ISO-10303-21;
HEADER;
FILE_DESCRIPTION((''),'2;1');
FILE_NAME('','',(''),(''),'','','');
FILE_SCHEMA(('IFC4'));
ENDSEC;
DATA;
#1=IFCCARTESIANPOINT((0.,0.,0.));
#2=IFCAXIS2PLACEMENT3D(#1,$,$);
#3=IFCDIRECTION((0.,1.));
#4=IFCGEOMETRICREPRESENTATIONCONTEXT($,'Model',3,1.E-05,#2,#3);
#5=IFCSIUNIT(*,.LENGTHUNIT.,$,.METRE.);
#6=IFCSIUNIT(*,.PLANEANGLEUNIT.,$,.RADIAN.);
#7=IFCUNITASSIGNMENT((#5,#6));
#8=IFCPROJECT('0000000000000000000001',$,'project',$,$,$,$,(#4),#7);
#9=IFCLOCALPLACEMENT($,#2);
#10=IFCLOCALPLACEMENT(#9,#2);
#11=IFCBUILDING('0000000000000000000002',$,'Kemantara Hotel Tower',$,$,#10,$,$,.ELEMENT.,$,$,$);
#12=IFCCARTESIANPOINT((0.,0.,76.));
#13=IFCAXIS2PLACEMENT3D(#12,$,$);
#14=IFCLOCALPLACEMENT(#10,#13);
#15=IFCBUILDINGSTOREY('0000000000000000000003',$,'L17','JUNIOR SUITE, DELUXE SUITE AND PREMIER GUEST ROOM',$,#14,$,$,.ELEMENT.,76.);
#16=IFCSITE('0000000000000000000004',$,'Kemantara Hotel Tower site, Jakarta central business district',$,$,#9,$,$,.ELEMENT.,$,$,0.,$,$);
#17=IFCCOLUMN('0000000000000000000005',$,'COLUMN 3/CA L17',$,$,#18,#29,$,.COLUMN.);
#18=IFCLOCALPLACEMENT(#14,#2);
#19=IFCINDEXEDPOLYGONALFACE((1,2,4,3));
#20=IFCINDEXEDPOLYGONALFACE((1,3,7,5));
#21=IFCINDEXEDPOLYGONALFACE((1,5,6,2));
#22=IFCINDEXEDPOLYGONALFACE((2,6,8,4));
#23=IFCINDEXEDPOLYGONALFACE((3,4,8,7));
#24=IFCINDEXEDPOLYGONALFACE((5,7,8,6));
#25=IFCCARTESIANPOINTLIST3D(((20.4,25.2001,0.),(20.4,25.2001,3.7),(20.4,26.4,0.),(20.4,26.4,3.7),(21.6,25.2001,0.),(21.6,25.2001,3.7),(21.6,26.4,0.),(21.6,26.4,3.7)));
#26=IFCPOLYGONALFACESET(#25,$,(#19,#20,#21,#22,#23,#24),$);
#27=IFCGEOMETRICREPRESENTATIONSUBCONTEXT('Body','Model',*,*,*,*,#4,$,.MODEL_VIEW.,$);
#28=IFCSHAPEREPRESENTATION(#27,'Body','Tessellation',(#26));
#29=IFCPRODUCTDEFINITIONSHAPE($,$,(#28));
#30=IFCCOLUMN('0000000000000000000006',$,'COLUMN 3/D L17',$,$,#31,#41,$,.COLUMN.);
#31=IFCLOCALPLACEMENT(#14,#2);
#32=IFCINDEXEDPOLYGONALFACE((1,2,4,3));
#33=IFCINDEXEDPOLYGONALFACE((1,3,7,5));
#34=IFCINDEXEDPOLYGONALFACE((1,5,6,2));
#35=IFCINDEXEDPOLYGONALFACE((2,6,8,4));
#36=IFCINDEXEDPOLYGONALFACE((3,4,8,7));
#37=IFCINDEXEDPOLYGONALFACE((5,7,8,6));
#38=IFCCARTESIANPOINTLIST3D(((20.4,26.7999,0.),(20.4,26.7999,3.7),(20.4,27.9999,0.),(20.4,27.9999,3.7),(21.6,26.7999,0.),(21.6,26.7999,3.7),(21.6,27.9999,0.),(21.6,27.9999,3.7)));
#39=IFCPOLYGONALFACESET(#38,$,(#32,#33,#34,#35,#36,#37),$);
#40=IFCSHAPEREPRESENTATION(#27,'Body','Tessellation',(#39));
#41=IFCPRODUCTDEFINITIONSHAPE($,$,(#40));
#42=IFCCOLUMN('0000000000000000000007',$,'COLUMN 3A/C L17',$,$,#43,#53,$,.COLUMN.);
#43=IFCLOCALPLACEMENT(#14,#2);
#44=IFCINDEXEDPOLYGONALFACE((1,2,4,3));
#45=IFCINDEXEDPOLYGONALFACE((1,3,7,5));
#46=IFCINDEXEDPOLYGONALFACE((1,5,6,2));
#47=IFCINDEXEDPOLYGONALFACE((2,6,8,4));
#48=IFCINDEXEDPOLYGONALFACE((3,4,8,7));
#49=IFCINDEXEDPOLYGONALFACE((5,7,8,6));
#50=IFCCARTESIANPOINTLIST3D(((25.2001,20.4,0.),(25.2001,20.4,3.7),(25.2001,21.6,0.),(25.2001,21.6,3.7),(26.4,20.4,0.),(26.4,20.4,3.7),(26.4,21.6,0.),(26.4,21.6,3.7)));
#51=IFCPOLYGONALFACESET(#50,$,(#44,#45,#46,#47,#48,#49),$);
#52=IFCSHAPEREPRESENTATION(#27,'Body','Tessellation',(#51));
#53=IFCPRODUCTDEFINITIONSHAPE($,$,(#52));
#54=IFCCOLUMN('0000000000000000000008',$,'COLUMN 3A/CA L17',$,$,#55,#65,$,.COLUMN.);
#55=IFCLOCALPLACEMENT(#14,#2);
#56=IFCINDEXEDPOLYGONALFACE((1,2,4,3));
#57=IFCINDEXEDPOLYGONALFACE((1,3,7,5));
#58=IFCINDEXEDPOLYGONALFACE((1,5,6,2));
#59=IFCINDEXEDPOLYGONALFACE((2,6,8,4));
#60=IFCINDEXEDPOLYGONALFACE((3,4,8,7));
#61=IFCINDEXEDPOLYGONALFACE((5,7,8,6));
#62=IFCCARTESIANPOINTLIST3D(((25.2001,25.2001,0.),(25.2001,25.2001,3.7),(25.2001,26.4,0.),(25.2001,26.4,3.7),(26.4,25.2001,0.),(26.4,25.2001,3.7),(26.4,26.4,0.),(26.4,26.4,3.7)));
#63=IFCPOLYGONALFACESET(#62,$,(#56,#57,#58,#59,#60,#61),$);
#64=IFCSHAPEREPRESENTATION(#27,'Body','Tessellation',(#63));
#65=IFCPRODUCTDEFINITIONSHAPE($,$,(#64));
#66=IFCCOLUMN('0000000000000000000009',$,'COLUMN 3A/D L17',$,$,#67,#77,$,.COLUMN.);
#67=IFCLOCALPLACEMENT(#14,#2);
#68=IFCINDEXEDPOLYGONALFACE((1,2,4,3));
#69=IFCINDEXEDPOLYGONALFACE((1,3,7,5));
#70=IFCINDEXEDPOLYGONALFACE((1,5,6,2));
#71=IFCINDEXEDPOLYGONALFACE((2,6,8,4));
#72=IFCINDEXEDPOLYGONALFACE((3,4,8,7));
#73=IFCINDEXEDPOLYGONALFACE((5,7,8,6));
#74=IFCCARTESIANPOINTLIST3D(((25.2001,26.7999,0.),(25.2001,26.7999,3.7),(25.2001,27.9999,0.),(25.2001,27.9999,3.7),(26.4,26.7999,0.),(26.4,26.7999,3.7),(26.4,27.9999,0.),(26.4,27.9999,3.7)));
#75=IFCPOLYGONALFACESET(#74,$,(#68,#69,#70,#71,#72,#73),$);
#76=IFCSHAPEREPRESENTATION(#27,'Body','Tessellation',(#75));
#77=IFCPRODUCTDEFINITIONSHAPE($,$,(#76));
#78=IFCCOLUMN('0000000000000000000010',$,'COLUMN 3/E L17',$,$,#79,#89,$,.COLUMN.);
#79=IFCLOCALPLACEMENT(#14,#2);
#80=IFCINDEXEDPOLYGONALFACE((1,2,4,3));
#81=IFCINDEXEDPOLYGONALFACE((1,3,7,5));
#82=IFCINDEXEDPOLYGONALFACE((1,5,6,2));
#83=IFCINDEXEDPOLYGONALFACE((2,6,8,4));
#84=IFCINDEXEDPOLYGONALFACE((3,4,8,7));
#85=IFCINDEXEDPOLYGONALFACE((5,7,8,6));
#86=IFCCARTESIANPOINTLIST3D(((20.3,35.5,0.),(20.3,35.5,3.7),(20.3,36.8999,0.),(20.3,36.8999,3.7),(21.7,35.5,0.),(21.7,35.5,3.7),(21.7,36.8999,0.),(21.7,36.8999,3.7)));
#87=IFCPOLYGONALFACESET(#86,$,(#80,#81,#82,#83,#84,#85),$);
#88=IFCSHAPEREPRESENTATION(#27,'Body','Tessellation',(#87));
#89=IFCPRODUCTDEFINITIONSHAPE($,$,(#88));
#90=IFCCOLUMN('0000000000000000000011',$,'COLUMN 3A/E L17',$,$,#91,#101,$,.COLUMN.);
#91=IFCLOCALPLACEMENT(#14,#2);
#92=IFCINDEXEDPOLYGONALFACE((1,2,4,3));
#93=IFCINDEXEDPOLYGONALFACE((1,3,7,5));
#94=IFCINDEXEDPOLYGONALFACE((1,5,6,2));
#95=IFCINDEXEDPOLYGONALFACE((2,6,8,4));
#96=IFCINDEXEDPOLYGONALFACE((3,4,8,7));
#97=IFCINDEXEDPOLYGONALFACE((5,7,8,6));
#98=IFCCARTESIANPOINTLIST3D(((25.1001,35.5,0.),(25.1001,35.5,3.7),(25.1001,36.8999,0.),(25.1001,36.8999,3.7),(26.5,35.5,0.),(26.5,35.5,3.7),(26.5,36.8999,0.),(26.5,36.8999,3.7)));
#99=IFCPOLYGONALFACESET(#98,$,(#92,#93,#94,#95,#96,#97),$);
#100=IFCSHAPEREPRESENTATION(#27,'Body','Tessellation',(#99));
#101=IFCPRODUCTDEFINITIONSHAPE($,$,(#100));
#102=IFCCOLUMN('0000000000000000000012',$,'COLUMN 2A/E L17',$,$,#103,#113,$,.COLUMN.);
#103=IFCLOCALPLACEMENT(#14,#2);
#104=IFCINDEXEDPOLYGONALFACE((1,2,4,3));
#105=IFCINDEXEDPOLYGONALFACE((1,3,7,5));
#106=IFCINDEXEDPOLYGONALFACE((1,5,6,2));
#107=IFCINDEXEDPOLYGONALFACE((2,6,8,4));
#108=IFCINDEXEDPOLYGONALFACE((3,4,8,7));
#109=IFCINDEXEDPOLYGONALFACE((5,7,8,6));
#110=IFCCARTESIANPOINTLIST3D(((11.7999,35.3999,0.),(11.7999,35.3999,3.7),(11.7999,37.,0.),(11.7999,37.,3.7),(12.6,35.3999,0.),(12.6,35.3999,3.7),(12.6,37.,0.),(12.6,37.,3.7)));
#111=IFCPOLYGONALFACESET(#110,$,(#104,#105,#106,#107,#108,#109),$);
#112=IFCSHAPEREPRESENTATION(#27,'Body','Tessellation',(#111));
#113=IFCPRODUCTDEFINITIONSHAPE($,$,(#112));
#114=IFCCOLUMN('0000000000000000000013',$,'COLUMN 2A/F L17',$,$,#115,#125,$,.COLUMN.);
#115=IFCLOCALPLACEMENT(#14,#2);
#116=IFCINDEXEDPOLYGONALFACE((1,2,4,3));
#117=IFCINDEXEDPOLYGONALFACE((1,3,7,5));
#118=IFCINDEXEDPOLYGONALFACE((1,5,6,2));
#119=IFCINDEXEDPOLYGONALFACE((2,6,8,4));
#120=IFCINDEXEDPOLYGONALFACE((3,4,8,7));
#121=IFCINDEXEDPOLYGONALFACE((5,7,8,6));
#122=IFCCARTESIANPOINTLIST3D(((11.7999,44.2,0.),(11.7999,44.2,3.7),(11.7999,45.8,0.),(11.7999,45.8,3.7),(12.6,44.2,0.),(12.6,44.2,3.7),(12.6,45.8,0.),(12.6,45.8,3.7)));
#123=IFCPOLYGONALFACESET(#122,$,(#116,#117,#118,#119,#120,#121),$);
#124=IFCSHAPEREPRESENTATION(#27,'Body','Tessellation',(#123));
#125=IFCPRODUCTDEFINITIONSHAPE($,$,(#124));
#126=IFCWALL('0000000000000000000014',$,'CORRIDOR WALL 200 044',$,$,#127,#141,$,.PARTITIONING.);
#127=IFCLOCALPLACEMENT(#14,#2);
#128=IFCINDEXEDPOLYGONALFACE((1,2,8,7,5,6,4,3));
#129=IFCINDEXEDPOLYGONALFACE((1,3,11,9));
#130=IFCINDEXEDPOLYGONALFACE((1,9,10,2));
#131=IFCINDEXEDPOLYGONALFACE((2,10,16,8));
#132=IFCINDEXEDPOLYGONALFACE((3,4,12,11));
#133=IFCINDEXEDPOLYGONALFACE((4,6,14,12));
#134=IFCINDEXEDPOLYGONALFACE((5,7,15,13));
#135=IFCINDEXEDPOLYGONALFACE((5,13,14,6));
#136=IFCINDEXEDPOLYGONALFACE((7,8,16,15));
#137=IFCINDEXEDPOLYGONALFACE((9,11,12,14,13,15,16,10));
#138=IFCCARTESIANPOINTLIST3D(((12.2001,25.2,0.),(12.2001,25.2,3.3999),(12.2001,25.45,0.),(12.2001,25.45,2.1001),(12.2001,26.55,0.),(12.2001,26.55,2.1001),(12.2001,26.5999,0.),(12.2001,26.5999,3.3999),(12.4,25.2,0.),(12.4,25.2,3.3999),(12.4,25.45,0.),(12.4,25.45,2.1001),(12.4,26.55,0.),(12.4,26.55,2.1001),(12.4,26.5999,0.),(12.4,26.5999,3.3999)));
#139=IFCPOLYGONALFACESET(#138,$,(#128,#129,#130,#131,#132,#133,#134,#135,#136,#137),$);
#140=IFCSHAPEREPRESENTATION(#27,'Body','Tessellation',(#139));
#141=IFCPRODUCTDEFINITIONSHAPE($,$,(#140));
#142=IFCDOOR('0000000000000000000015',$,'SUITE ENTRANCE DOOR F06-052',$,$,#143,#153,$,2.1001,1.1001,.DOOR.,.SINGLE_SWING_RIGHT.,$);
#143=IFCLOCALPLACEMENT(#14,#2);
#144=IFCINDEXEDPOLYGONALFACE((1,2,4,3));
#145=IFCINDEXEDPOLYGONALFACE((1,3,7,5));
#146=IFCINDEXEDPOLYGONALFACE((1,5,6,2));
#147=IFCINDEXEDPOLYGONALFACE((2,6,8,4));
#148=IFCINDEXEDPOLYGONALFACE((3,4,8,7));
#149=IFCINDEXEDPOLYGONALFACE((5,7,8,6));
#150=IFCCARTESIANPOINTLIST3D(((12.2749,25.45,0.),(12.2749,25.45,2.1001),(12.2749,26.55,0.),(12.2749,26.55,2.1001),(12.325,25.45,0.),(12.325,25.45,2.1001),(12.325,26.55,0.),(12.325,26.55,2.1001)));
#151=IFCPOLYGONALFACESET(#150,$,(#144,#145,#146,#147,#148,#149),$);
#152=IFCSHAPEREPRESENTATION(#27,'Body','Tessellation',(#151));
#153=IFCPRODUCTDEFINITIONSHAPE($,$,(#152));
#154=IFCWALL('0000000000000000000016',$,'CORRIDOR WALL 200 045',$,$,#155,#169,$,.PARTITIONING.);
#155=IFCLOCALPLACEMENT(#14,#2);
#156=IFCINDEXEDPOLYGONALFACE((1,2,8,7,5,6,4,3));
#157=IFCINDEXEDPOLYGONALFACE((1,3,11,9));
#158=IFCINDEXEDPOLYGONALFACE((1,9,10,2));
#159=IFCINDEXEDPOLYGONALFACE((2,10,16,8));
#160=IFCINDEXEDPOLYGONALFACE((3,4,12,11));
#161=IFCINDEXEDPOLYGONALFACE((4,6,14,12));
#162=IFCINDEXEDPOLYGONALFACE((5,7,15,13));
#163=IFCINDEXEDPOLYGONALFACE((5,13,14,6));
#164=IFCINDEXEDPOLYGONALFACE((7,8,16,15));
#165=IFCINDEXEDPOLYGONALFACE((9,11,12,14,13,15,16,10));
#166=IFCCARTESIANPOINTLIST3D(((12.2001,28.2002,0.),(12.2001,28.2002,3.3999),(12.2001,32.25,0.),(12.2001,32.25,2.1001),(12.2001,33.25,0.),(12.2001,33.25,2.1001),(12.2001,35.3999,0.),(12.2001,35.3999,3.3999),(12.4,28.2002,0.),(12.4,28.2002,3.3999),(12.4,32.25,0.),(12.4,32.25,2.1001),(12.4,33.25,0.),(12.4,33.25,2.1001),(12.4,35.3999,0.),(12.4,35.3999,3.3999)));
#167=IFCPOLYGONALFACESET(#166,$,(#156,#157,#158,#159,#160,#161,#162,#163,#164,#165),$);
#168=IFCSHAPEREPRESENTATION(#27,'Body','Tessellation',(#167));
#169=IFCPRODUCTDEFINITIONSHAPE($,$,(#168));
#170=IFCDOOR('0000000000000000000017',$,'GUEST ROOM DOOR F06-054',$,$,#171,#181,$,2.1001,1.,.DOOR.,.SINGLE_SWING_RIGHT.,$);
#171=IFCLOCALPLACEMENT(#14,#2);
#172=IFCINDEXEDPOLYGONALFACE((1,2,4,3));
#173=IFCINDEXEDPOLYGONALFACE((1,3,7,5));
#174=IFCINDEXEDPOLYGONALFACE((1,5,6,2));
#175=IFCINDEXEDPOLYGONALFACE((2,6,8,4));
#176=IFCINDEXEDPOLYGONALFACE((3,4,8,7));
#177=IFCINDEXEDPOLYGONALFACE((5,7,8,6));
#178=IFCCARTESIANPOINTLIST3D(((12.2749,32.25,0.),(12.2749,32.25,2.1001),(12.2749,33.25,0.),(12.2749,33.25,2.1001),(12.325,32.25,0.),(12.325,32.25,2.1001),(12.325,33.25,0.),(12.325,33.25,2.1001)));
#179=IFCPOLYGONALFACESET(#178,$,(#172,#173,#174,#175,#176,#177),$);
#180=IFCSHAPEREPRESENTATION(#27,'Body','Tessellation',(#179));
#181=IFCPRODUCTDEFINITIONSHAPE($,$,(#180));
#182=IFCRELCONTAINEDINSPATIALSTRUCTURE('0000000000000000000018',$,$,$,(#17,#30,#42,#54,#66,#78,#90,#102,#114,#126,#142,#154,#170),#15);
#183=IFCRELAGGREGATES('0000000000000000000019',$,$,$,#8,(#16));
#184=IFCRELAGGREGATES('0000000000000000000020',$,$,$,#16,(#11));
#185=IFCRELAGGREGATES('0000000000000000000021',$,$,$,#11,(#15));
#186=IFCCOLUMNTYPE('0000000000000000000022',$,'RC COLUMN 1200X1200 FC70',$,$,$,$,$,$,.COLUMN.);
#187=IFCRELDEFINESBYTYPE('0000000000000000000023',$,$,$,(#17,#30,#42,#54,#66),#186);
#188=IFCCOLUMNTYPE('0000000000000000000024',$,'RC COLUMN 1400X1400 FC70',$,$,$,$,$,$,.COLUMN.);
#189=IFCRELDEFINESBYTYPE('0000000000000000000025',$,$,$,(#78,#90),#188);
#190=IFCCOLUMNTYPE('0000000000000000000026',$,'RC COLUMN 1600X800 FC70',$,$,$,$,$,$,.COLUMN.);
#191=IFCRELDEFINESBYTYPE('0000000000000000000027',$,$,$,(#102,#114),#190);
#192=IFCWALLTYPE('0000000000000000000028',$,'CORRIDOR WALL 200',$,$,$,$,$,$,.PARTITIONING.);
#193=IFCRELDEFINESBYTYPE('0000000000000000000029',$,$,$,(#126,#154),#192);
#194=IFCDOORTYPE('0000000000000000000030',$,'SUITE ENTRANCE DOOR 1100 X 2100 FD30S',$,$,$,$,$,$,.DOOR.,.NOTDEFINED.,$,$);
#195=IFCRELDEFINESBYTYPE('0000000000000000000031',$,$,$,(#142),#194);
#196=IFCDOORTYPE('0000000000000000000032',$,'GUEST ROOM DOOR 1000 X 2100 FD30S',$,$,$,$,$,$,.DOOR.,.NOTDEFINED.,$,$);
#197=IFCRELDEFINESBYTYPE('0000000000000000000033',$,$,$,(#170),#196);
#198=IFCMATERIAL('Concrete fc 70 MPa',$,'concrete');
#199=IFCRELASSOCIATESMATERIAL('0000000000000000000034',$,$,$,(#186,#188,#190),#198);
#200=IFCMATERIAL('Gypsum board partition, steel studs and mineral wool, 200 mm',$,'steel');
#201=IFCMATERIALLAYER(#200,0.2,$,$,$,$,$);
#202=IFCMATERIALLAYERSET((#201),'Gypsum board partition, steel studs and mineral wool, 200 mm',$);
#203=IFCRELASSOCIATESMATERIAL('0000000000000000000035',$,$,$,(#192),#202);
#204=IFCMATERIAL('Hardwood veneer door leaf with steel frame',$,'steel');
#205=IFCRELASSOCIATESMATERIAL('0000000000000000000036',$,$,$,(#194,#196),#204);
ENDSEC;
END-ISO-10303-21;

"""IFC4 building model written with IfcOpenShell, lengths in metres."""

from ifc_helpers import new_model, si_unit, direction, frame, frame_2d, origin, origin_2d, place, context, subcontext, project, spatial, rectangle, extrude, material, layer, layer_set, material_profile, profile_set, type_object, element, fill, save


model = new_model("IFC4")

# Units and contexts
model_context = context("Model", 3, precision=1e-05, world=origin(), true_north=direction((0.0, 1.0)))
body_context = subcontext(model_context, "Body", "Model", "MODEL_VIEW")
ifc_project = project(units=[si_unit("LENGTHUNIT", "METRE"), si_unit("PLANEANGLEUNIT", "RADIAN")], contexts=[model_context])

# Site, building, storey
site_placement = place(None, origin())
site = spatial("IfcSite", under=ifc_project, at=site_placement, Name="Kemantara Hotel Tower site, Jakarta central business district", CompositionType="ELEMENT", RefElevation=0.0)
building_placement = place(site_placement, origin())
building = spatial("IfcBuilding", under=site, at=building_placement, Name="Kemantara Hotel Tower", CompositionType="ELEMENT")
storey_placement = place(building_placement, frame((0.0, 0.0, 76.0)))
storey = spatial("IfcBuildingStorey", under=building, at=storey_placement, Name="L17", Description="JUNIOR SUITE, DELUXE SUITE AND PREMIER GUEST ROOM", CompositionType="ELEMENT", Elevation=76.0)

# Columns
ifc_material_1 = material(Name="Concrete fc 70 MPa", Category="concrete")
ifc_material_profile_1 = material_profile(ifc_material_1, rectangle(XDim=1.2, YDim=1.2, at=origin_2d()), Name="RC 1200X1200")
ifc_profile_set_1 = profile_set([ifc_material_profile_1], Name="Concrete fc 70 MPa")
column_type_1 = type_object("IfcColumnType", Name="RC COLUMN 1200X1200 FC70", PredefinedType="COLUMN", material=ifc_profile_set_1)
for number, where, z_axis, x_axis, name in (
    (1, (21.0, 25.8, 0.0), (0.0, 0.0, 1.0), (1.0, 0.0, 0.0), "COLUMN 3/CA L17"),
    (2, (21.0, 27.3999, 0.0), (0.0, 0.0, 1.0), (1.0, 0.0, 0.0), "COLUMN 3/D L17"),
    (3, (25.8, 21.0, 0.0), (0.0, 0.0, 1.0), (1.0, 0.0, 0.0), "COLUMN 3A/C L17"),
    (4, (25.8, 25.8, 0.0), (0.0, 0.0, 1.0), (1.0, 0.0, 0.0), "COLUMN 3A/CA L17"),
    (5, (25.8, 27.3999, 0.0), (0.0, 0.0, 1.0), (1.0, 0.0, 0.0), "COLUMN 3A/D L17"),
):
    element("IfcColumn", number, at=place(storey_placement, frame(where, z_axis=z_axis, x_axis=x_axis)), inside=storey, type_object=column_type_1, Name=name, PredefinedType="COLUMN", context=body_context, shape_type="SweptSolid", body=[
        extrude(rectangle(XDim=1.2, YDim=1.2, at=origin_2d()), origin(), (0.0, 0.0, 1.0), 3.7),
    ])
ifc_material_profile_2 = material_profile(ifc_material_1, rectangle(XDim=1.3999, YDim=1.3999, at=origin_2d()), Name="RC 1400X1400")
ifc_profile_set_2 = profile_set([ifc_material_profile_2], Name="Concrete fc 70 MPa")
column_type_2 = type_object("IfcColumnType", Name="RC COLUMN 1400X1400 FC70", PredefinedType="COLUMN", material=ifc_profile_set_2)
for number, where, z_axis, x_axis, name in (
    (6, (21.0, 36.2, 0.0), (0.0, 0.0, 1.0), (1.0, 0.0, 0.0), "COLUMN 3/E L17"),
    (7, (25.8, 36.2, 0.0), (0.0, 0.0, 1.0), (1.0, 0.0, 0.0), "COLUMN 3A/E L17"),
):
    element("IfcColumn", number, at=place(storey_placement, frame(where, z_axis=z_axis, x_axis=x_axis)), inside=storey, type_object=column_type_2, Name=name, PredefinedType="COLUMN", context=body_context, shape_type="SweptSolid", body=[
        extrude(rectangle(XDim=1.3999, YDim=1.3999, at=origin_2d()), origin(), (0.0, 0.0, 1.0), 3.7),
    ])
ifc_material_profile_3 = material_profile(ifc_material_1, rectangle(XDim=1.6001, YDim=0.8, at=origin_2d()), Name="RC 1600X800")
ifc_profile_set_3 = profile_set([ifc_material_profile_3], Name="Concrete fc 70 MPa")
column_type_3 = type_object("IfcColumnType", Name="RC COLUMN 1600X800 FC70", PredefinedType="COLUMN", material=ifc_profile_set_3)
for number, where, z_axis, x_axis, name in (
    (8, (12.2, 36.2, 0.0), (0.0, 0.0, 1.0), (0.0, 1.0, 0.0), "COLUMN 2A/E L17"),
    (9, (12.2, 45.0, 0.0), (0.0, 0.0, 1.0), (0.0, 1.0, 0.0), "COLUMN 2A/F L17"),
):
    element("IfcColumn", number, at=place(storey_placement, frame(where, z_axis=z_axis, x_axis=x_axis)), inside=storey, type_object=column_type_3, Name=name, PredefinedType="COLUMN", context=body_context, shape_type="SweptSolid", body=[
        extrude(rectangle(XDim=1.6001, YDim=0.8, at=origin_2d()), origin(), (0.0, 0.0, 1.0), 3.7),
    ])

# Walls, openings, doors
ifc_material_2 = material(Name="Gypsum board partition, steel studs and mineral wool, 200 mm", Category="steel")
ifc_layer_1 = layer(ifc_material_2, 0.2)
ifc_layer_set_1 = layer_set([ifc_layer_1], Name="Gypsum board partition, steel studs and mineral wool, 200 mm")
wall_type_1 = type_object("IfcWallType", Name="CORRIDOR WALL 200", PredefinedType="PARTITIONING", material=ifc_layer_set_1)
wall_1_placement = place(storey_placement, frame((12.3, 26.5999, 0.0), z_axis=(0.0, 0.0, 1.0), x_axis=(0.0, -1.0, 0.0)))
wall_1 = element("IfcWall", 10, at=wall_1_placement, inside=storey, type_object=wall_type_1, Name="CORRIDOR WALL 200 044", PredefinedType="PARTITIONING", context=body_context, shape_type="SweptSolid", body=[
    extrude(rectangle(XDim=1.3999, YDim=0.2, at=frame_2d((0.7, 0.0))), origin(), (0.0, 0.0, 1.0), 3.3999),
])
opening_1_placement = place(wall_1_placement, frame((0.0498, 0.0, 0.0)))
opening_1 = element("IfcOpeningElement", 11, at=opening_1_placement, cuts=wall_1, PredefinedType="OPENING", context=body_context, shape_type="SweptSolid", body=[
    extrude(rectangle(XDim=1.1001, YDim=2.1001, at=frame_2d((0.55, 1.05))), frame((0.0, 0.1099, 0.0), z_axis=(0.0, -1.0, 0.0), x_axis=(1.0, 0.0, 0.0)), (0.0, 0.0, 1.0), 0.22),
])
ifc_material_3 = material(Name="Hardwood veneer door leaf with steel frame", Category="steel")
door_type_1 = type_object("IfcDoorType", Name="SUITE ENTRANCE DOOR 1100 X 2100 FD30S", OperationType="NOTDEFINED", PredefinedType="DOOR", material=ifc_material_3)
door_1_placement = place(opening_1_placement, origin())
door_1 = element("IfcDoor", 12, at=door_1_placement, inside=storey, type_object=door_type_1, Name="SUITE ENTRANCE DOOR F06-052", OperationType="SINGLE_SWING_RIGHT", OverallHeight=2.1001, OverallWidth=1.1001, PredefinedType="DOOR", context=body_context, shape_type="SweptSolid", body=[
    extrude(rectangle(XDim=1.1001, YDim=2.1001, at=frame_2d((0.55, 1.05))), frame((0.0, 0.0249, 0.0), z_axis=(0.0, -1.0, 0.0), x_axis=(1.0, 0.0, 0.0)), (0.0, 0.0, 1.0), 0.05),
])
fill(opening_1, door_1)
wall_2_placement = place(storey_placement, frame((12.3, 35.3999, 0.0), z_axis=(0.0, 0.0, 1.0), x_axis=(0.0, -1.0, 0.0)))
wall_2 = element("IfcWall", 13, at=wall_2_placement, inside=storey, type_object=wall_type_1, Name="CORRIDOR WALL 200 045", PredefinedType="PARTITIONING", context=body_context, shape_type="SweptSolid", body=[
    extrude(rectangle(XDim=7.1997, YDim=0.2, at=frame_2d((3.5999, 0.0))), origin(), (0.0, 0.0, 1.0), 3.3999),
])
opening_2_placement = place(wall_2_placement, frame((2.1499, 0.0, 0.0)))
opening_2 = element("IfcOpeningElement", 14, at=opening_2_placement, cuts=wall_2, PredefinedType="OPENING", context=body_context, shape_type="SweptSolid", body=[
    extrude(rectangle(XDim=1.0, YDim=2.1001, at=frame_2d((0.5, 1.05))), frame((0.0, 0.1099, 0.0), z_axis=(0.0, -1.0, 0.0), x_axis=(1.0, 0.0, 0.0)), (0.0, 0.0, 1.0), 0.22),
])
door_type_2 = type_object("IfcDoorType", Name="GUEST ROOM DOOR 1000 X 2100 FD30S", OperationType="NOTDEFINED", PredefinedType="DOOR", material=ifc_material_3)
door_2_placement = place(opening_2_placement, origin())
door_2 = element("IfcDoor", 15, at=door_2_placement, inside=storey, type_object=door_type_2, Name="GUEST ROOM DOOR F06-054", OperationType="SINGLE_SWING_RIGHT", OverallHeight=2.1001, OverallWidth=1.0, PredefinedType="DOOR", context=body_context, shape_type="SweptSolid", body=[
    extrude(rectangle(XDim=1.0, YDim=2.1001, at=frame_2d((0.5, 1.05))), frame((0.0, 0.0249, 0.0), z_axis=(0.0, -1.0, 0.0), x_axis=(1.0, 0.0, 0.0)), (0.0, 0.0, 1.0), 0.05),
])
fill(opening_2, door_2)

save(model, "model.ifc")
